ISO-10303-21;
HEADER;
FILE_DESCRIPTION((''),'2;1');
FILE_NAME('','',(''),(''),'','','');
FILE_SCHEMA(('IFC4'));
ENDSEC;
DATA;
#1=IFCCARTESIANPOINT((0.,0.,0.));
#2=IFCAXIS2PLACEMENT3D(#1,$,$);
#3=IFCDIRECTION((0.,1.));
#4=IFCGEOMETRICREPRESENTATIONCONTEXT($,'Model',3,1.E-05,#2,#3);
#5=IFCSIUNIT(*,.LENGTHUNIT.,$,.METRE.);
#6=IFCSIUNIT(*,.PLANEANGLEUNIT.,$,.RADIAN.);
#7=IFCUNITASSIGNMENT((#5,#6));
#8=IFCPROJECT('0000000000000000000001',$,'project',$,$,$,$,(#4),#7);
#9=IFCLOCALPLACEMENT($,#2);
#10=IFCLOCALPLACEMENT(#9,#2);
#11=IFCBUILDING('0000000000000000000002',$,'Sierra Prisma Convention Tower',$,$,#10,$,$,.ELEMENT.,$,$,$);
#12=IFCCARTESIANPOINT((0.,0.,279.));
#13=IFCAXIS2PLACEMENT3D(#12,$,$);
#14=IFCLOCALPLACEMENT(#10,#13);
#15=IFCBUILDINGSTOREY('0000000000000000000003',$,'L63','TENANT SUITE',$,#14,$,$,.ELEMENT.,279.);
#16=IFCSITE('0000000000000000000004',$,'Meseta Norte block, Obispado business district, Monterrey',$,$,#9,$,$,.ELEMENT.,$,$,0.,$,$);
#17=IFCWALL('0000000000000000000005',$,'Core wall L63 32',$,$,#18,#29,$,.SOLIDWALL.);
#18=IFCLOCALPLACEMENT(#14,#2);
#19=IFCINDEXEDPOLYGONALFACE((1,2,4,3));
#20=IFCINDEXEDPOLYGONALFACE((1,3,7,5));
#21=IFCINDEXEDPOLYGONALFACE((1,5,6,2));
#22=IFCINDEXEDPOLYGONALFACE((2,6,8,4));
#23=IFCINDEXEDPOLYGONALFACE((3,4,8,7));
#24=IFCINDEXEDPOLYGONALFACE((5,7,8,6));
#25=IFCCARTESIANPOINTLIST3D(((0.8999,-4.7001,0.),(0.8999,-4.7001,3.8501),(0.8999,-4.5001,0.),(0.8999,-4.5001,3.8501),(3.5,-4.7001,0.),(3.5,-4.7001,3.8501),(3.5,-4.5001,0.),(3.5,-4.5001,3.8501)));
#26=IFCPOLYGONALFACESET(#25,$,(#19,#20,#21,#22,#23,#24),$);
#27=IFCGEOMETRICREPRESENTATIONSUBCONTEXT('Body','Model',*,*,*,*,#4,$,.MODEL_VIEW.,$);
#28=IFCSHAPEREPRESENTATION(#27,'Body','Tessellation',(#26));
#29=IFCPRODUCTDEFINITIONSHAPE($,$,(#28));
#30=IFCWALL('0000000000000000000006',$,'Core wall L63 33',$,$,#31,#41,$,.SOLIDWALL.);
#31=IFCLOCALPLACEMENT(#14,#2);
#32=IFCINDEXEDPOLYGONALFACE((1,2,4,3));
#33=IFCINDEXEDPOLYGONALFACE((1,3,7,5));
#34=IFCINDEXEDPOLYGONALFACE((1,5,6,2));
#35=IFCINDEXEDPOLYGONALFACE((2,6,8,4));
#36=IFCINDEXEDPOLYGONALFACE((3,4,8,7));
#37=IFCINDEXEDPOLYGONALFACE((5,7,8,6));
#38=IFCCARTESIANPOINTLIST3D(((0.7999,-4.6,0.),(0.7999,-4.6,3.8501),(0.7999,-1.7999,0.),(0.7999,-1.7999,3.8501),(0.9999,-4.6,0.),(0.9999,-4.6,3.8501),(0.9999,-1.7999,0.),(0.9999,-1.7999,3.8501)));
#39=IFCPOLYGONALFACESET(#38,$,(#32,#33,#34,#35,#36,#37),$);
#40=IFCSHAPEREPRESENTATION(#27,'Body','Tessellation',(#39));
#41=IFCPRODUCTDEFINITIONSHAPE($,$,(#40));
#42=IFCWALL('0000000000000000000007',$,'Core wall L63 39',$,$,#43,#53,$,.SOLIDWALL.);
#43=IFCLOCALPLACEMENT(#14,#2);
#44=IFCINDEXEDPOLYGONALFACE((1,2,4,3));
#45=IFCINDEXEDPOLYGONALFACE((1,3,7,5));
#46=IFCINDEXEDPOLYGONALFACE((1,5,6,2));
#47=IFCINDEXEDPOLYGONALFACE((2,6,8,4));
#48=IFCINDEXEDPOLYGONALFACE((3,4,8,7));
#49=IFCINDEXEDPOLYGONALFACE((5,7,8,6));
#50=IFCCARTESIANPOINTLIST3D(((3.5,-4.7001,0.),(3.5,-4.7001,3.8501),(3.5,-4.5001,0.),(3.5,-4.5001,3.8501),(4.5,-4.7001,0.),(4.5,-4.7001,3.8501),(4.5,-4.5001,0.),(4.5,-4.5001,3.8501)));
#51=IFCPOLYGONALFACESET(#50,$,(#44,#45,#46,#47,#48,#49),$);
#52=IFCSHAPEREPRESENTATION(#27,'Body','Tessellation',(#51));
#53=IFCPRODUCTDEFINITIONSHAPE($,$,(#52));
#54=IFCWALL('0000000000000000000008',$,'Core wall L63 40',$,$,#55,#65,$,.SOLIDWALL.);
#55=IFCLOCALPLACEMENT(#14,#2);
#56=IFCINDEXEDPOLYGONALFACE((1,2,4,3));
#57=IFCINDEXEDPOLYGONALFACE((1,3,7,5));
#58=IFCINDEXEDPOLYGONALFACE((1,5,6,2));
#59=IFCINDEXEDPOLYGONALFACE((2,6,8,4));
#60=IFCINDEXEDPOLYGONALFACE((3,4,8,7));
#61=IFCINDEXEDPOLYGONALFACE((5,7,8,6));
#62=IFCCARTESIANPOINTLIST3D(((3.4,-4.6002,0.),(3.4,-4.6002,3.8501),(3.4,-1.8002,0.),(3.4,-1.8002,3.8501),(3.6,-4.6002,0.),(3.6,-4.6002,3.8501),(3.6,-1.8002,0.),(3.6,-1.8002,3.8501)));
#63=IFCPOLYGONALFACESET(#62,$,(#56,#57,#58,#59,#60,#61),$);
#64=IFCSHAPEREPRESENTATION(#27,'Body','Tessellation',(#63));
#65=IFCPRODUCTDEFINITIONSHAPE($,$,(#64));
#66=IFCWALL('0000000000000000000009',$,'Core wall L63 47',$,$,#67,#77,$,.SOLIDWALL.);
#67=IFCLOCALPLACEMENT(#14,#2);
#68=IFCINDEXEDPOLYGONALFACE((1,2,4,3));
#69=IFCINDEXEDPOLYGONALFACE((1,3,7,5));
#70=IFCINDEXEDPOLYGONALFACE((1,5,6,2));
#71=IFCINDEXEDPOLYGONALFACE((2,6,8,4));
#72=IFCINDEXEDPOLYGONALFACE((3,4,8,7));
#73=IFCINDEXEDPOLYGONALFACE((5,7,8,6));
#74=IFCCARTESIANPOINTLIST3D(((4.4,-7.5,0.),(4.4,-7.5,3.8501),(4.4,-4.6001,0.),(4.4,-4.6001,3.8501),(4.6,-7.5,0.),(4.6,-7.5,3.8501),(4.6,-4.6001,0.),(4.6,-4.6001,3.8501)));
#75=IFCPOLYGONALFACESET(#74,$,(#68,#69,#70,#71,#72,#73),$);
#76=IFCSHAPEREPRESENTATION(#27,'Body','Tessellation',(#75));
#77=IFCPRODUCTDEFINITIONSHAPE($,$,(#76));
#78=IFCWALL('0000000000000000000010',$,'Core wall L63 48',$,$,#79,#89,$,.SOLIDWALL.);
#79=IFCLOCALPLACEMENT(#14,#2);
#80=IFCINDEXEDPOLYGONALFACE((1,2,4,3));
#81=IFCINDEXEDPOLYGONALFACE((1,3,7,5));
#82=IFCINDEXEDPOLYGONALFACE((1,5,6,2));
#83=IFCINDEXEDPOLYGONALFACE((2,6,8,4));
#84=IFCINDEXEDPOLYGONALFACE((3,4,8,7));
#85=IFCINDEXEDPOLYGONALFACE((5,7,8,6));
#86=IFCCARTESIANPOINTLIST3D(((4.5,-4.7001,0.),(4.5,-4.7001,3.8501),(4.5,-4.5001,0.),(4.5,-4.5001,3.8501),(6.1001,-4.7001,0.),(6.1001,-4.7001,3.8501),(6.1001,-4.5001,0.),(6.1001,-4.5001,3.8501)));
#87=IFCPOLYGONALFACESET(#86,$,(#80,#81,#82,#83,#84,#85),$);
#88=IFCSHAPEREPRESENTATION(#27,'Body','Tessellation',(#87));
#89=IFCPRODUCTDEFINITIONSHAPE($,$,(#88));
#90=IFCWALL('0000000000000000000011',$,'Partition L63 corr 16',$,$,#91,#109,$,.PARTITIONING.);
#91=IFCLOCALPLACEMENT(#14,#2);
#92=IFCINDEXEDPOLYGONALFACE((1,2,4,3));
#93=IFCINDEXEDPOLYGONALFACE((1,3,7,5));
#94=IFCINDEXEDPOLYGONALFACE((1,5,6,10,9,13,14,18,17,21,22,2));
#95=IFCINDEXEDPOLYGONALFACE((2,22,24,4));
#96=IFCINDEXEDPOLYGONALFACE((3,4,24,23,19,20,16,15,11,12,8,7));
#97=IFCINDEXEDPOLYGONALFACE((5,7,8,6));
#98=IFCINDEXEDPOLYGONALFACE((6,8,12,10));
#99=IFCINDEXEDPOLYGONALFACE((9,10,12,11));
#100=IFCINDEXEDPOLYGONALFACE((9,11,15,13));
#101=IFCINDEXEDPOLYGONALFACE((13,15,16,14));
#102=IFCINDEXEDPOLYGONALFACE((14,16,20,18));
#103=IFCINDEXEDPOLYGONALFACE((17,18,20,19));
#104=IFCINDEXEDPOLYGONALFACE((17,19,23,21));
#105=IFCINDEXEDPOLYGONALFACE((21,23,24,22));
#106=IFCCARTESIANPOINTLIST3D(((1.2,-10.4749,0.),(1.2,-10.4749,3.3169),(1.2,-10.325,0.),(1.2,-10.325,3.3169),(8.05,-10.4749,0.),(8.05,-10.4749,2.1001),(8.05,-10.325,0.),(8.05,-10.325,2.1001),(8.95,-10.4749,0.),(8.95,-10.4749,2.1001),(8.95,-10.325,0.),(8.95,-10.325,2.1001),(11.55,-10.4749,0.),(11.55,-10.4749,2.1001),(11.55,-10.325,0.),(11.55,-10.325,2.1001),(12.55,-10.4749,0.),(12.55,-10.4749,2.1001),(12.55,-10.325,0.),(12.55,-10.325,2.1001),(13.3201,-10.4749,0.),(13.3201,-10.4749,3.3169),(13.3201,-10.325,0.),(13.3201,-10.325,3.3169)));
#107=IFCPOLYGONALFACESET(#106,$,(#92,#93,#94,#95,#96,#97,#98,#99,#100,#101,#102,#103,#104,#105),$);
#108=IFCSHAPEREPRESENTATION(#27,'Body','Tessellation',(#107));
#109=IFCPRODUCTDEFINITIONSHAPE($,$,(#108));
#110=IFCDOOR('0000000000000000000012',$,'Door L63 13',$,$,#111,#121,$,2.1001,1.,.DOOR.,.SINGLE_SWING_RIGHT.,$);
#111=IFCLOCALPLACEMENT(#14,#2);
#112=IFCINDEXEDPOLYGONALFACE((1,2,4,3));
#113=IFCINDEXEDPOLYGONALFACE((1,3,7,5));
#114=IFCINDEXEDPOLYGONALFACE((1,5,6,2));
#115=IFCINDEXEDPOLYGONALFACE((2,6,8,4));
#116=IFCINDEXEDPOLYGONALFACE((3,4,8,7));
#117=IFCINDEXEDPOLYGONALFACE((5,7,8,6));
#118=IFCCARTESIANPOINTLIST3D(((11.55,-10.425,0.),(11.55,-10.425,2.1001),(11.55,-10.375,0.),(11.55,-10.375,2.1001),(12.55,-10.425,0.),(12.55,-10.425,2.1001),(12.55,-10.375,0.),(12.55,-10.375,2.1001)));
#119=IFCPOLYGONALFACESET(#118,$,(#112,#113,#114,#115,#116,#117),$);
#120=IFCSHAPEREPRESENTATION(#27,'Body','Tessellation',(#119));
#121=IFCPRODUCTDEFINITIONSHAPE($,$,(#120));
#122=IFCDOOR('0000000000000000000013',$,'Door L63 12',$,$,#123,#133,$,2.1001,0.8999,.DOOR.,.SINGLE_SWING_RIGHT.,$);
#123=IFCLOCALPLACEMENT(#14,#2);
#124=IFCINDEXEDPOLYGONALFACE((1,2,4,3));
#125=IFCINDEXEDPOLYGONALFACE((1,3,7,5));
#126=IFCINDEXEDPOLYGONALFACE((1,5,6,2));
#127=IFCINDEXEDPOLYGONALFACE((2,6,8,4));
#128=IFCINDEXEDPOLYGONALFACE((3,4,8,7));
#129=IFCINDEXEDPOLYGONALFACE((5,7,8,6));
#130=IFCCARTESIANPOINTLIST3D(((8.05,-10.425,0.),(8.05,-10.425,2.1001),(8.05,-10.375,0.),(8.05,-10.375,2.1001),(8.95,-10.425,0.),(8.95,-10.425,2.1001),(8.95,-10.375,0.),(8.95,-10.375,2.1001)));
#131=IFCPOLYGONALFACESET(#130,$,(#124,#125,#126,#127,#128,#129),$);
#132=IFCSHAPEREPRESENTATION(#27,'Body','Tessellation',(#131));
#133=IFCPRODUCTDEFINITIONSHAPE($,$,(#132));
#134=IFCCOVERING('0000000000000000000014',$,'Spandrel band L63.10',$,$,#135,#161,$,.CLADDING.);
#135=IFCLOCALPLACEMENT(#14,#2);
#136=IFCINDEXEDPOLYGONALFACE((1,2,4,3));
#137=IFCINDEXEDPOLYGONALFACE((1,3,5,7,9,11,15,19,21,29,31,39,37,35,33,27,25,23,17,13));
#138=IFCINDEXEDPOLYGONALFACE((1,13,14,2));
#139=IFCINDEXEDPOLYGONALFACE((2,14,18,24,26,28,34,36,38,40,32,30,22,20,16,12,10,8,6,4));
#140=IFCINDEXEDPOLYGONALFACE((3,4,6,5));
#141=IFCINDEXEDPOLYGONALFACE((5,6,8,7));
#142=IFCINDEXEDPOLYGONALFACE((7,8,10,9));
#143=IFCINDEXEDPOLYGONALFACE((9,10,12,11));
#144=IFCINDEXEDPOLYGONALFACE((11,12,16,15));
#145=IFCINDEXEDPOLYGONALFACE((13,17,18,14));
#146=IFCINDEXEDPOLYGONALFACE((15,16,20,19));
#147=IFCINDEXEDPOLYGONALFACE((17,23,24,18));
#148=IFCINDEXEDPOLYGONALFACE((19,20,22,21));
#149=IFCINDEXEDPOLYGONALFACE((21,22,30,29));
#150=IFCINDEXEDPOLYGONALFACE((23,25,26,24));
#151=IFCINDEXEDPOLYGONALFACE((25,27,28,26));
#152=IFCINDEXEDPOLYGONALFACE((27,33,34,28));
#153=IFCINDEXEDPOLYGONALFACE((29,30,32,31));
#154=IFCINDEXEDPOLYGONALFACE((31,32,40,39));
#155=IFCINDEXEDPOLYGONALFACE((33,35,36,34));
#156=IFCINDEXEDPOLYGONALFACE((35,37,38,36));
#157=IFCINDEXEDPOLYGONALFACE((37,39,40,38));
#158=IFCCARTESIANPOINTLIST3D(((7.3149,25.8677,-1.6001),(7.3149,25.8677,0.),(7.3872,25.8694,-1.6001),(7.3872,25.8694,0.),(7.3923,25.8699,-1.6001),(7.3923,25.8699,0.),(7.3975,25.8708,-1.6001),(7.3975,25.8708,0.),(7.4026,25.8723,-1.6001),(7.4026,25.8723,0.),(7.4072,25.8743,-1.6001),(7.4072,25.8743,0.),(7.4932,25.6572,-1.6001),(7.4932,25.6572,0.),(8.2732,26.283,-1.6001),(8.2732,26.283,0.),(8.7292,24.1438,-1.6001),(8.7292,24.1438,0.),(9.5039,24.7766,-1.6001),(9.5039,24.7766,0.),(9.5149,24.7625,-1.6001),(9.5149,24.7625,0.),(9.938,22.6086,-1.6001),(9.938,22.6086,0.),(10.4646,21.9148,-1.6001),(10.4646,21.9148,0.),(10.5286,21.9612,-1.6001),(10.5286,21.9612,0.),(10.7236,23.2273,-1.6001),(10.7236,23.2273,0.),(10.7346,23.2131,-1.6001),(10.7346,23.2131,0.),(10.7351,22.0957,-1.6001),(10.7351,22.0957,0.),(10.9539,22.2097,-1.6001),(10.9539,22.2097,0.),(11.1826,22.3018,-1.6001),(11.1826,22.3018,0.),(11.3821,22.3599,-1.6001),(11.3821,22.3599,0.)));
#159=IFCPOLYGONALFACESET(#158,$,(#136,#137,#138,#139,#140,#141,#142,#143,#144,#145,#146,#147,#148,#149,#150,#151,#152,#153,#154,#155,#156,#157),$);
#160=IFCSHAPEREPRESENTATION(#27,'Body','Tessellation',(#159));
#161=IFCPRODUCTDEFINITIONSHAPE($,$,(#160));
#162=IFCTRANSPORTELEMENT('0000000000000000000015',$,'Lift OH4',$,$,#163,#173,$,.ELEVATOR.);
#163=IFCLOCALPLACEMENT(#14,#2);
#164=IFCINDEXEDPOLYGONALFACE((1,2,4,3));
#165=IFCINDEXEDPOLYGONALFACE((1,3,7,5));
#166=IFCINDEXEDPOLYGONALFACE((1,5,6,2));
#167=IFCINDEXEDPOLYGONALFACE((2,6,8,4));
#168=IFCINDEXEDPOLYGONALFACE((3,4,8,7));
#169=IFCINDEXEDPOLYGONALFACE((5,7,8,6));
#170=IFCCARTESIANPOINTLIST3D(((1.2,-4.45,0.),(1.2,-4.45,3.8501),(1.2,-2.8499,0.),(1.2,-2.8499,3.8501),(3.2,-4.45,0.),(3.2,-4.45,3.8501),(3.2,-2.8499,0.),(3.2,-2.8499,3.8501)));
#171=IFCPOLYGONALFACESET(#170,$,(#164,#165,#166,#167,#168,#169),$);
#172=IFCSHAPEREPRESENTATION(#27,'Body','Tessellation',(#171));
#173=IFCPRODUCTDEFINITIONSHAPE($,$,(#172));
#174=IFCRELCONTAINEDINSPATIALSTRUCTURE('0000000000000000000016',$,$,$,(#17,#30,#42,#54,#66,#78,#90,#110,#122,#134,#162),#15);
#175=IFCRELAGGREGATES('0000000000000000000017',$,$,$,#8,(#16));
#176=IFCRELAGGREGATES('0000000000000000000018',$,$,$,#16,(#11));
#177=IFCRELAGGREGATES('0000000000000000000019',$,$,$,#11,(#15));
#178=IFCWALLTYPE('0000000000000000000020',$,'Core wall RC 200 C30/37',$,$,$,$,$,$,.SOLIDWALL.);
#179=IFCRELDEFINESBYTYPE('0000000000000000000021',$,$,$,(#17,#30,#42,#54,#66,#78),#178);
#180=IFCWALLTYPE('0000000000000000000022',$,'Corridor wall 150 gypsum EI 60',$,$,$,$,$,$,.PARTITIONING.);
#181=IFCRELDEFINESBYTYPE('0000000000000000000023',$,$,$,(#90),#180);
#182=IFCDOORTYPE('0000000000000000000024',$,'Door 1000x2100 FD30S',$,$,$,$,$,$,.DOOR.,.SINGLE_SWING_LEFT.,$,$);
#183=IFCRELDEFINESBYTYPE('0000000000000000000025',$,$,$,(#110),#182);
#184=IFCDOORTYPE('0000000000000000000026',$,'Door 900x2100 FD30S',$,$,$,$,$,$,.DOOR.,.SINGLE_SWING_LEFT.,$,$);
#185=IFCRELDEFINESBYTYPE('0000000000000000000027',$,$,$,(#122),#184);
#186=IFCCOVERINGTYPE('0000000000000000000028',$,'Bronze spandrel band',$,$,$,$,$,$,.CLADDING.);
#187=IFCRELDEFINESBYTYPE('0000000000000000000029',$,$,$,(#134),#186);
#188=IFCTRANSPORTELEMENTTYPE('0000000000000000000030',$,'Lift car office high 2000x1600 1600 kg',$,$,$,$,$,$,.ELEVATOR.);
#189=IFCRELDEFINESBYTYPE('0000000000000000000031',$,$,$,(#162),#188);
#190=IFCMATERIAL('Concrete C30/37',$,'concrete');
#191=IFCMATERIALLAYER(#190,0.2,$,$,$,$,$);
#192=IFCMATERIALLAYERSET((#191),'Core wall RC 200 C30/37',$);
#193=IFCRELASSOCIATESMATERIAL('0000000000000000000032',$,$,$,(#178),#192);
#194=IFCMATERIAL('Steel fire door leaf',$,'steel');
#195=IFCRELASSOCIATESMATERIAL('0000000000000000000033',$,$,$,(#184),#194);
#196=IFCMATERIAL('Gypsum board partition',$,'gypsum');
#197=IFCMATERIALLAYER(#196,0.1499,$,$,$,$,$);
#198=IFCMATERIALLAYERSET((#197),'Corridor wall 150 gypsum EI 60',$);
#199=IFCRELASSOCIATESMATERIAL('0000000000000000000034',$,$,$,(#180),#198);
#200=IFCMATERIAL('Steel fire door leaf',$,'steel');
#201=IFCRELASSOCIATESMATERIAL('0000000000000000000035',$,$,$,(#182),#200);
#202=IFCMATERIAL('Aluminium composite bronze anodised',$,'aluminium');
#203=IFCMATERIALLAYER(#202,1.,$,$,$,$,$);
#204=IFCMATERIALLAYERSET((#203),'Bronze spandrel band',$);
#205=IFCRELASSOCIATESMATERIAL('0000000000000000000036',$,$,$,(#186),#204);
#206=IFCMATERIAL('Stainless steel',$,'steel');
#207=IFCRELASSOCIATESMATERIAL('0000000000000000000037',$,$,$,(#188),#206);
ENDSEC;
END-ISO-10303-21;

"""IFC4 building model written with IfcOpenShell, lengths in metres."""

from ifc_helpers import new_model, si_unit, direction, frame, frame_2d, origin, origin_2d, place, context, subcontext, project, spatial, polyline, rectangle, outline, extrude, material, layer, layer_set, type_object, element, fill, save


model = new_model("IFC4")

# Units and contexts
model_context = context("Model", 3, precision=1e-05, world=origin(), true_north=direction((0.0, 1.0)))
body_context = subcontext(model_context, "Body", "Model", "MODEL_VIEW")
ifc_project = project(units=[si_unit("LENGTHUNIT", "METRE"), si_unit("PLANEANGLEUNIT", "RADIAN")], contexts=[model_context])

# Site, building, storey
site_placement = place(None, origin())
site = spatial("IfcSite", under=ifc_project, at=site_placement, Name="Meseta Norte block, Obispado business district, Monterrey", CompositionType="ELEMENT", RefElevation=0.0)
building_placement = place(site_placement, origin())
building = spatial("IfcBuilding", under=site, at=building_placement, Name="Sierra Prisma Convention Tower", CompositionType="ELEMENT")
storey_placement = place(building_placement, frame((0.0, 0.0, 279.0)))
storey = spatial("IfcBuildingStorey", under=building, at=storey_placement, Name="L63", Description="TENANT SUITE", CompositionType="ELEMENT", Elevation=279.0)

# Shared definitions
ifc_material_1 = material(Name="Concrete C30/37", Category="concrete")
ifc_layer_1 = layer(ifc_material_1, 0.2)
ifc_layer_set_1 = layer_set([ifc_layer_1], Name="Core wall RC 200 C30/37")
wall_type_1 = type_object("IfcWallType", Name="Core wall RC 200 C30/37", PredefinedType="SOLIDWALL", material=ifc_layer_set_1)
ifc_material_2 = material(Name="Steel fire door leaf", Category="steel")
door_type_1 = type_object("IfcDoorType", Name="Door 900x2100 FD30S", OperationType="SINGLE_SWING_LEFT", PredefinedType="DOOR", material=ifc_material_2)

# Walls
wall_1_placement = place(storey_placement, frame((3.5, -4.6001, 0.0), z_axis=(0.0, 0.0, 1.0), x_axis=(-1.0, 0.0, 0.0)))
element("IfcWall", 1, at=wall_1_placement, inside=storey, type_object=wall_type_1, Name="Core wall L63 32", PredefinedType="SOLIDWALL", context=body_context, shape_type="SweptSolid", body=[
    extrude(rectangle(XDim=2.6001, YDim=0.2, at=frame_2d((1.3, 0.0))), origin(), (0.0, 0.0, 1.0), 3.8501),
])
wall_2_placement = place(storey_placement, frame((0.8999, -1.8, 0.0), z_axis=(0.0, 0.0, 1.0), x_axis=(0.0, -1.0, 0.0)))
element("IfcWall", 2, at=wall_2_placement, inside=storey, type_object=wall_type_1, Name="Core wall L63 33", PredefinedType="SOLIDWALL", context=body_context, shape_type="SweptSolid", body=[
    extrude(rectangle(XDim=2.8, YDim=0.2, at=frame_2d((1.3999, 0.0))), origin(), (0.0, 0.0, 1.0), 3.8501),
])

# Walls
wall_3_placement = place(storey_placement, frame((4.5, -4.6001, 0.0), z_axis=(0.0, 0.0, 1.0), x_axis=(-1.0, 0.0, 0.0)))
element("IfcWall", 3, at=wall_3_placement, inside=storey, type_object=wall_type_1, Name="Core wall L63 39", PredefinedType="SOLIDWALL", context=body_context, shape_type="SweptSolid", body=[
    extrude(rectangle(XDim=1.0, YDim=0.2, at=frame_2d((0.5, 0.0))), origin(), (0.0, 0.0, 1.0), 3.8501),
])
wall_4_placement = place(storey_placement, frame((3.5, -4.6001, 0.0), z_axis=(0.0, 0.0, 1.0), x_axis=(0.0, 1.0, 0.0)))
element("IfcWall", 4, at=wall_4_placement, inside=storey, type_object=wall_type_1, Name="Core wall L63 40", PredefinedType="SOLIDWALL", context=body_context, shape_type="SweptSolid", body=[
    extrude(rectangle(XDim=2.8, YDim=0.2, at=frame_2d((1.3999, 0.0))), origin(), (0.0, 0.0, 1.0), 3.8501),
])

# Walls
wall_5_placement = place(storey_placement, frame((4.5, -4.6001, 0.0), z_axis=(0.0, 0.0, 1.0), x_axis=(0.0, -1.0, 0.0)))
element("IfcWall", 5, at=wall_5_placement, inside=storey, type_object=wall_type_1, Name="Core wall L63 47", PredefinedType="SOLIDWALL", context=body_context, shape_type="SweptSolid", body=[
    extrude(rectangle(XDim=2.8999, YDim=0.2, at=frame_2d((1.45, 0.0))), origin(), (0.0, 0.0, 1.0), 3.8501),
])
wall_6_placement = place(storey_placement, frame((6.1001, -4.6001, 0.0), z_axis=(0.0, 0.0, 1.0), x_axis=(-1.0, 0.0, 0.0)))
element("IfcWall", 6, at=wall_6_placement, inside=storey, type_object=wall_type_1, Name="Core wall L63 48", PredefinedType="SOLIDWALL", context=body_context, shape_type="SweptSolid", body=[
    extrude(rectangle(XDim=1.6001, YDim=0.2, at=frame_2d((0.8, 0.0))), origin(), (0.0, 0.0, 1.0), 3.8501),
])

# Wall, openings, doors
ifc_material_3 = material(Name="Gypsum board partition", Category="gypsum")
ifc_layer_2 = layer(ifc_material_3, 0.1499)
ifc_layer_set_2 = layer_set([ifc_layer_2], Name="Corridor wall 150 gypsum EI 60")
wall_type_2 = type_object("IfcWallType", Name="Corridor wall 150 gypsum EI 60", PredefinedType="PARTITIONING", material=ifc_layer_set_2)
wall_7_placement = place(storey_placement, frame((1.2, -10.3999, 0.0), z_axis=(0.0, 0.0, 1.0), x_axis=(1.0, 0.0, 0.0)))
wall_7 = element("IfcWall", 7, at=wall_7_placement, inside=storey, type_object=wall_type_2, Name="Partition L63 corr 16", PredefinedType="PARTITIONING", context=body_context, shape_type="SweptSolid", body=[
    extrude(rectangle(XDim=12.1201, YDim=0.1499, at=frame_2d((6.0601, 0.0))), origin(), (0.0, 0.0, 1.0), 3.3169),
])
opening_1_placement = place(wall_7_placement, frame((6.8501, 0.0, 0.0)))
opening_1 = element("IfcOpeningElement", 8, at=opening_1_placement, cuts=wall_7, PredefinedType="OPENING", context=body_context, shape_type="SweptSolid", body=[
    extrude(rectangle(XDim=0.8999, YDim=2.1001, at=frame_2d((0.45, 1.05))), frame((0.0, 0.075, 0.0), z_axis=(0.0, -1.0, 0.0), x_axis=(1.0, 0.0, 0.0)), (0.0, 0.0, 1.0), 0.1499),
])
opening_2_placement = place(wall_7_placement, frame((10.3501, 0.0, 0.0)))
opening_2 = element("IfcOpeningElement", 9, at=opening_2_placement, cuts=wall_7, PredefinedType="OPENING", context=body_context, shape_type="SweptSolid", body=[
    extrude(rectangle(XDim=1.0, YDim=2.1001, at=frame_2d((0.5, 1.05))), frame((0.0, 0.075, 0.0), z_axis=(0.0, -1.0, 0.0), x_axis=(1.0, 0.0, 0.0)), (0.0, 0.0, 1.0), 0.1499),
])
ifc_material_4 = material(Name="Steel fire door leaf", Category="steel")
door_type_2 = type_object("IfcDoorType", Name="Door 1000x2100 FD30S", OperationType="SINGLE_SWING_LEFT", PredefinedType="DOOR", material=ifc_material_4)
door_1_placement = place(opening_2_placement, origin())
door_1 = element("IfcDoor", 10, at=door_1_placement, inside=storey, type_object=door_type_2, Name="Door L63 13", OperationType="SINGLE_SWING_RIGHT", OverallHeight=2.1001, OverallWidth=1.0, PredefinedType="DOOR", context=body_context, shape_type="SweptSolid", body=[
    extrude(rectangle(XDim=1.0, YDim=2.1001, at=frame_2d((0.5, 1.05))), frame((0.0, 0.0249, 0.0), z_axis=(0.0, -1.0, 0.0), x_axis=(1.0, 0.0, 0.0)), (0.0, 0.0, 1.0), 0.05),
])
fill(opening_2, door_1)
door_2_placement = place(opening_1_placement, origin())
door_2 = element("IfcDoor", 11, at=door_2_placement, inside=storey, type_object=door_type_1, Name="Door L63 12", OperationType="SINGLE_SWING_RIGHT", OverallHeight=2.1001, OverallWidth=0.8999, PredefinedType="DOOR", context=body_context, shape_type="SweptSolid", body=[
    extrude(rectangle(XDim=0.8999, YDim=2.1001, at=frame_2d((0.45, 1.05))), frame((0.0, 0.0249, 0.0), z_axis=(0.0, -1.0, 0.0), x_axis=(1.0, 0.0, 0.0)), (0.0, 0.0, 1.0), 0.05),
])
fill(opening_1, door_2)

# Covering
ifc_material_5 = material(Name="Aluminium composite bronze anodised", Category="aluminium")
ifc_layer_3 = layer(ifc_material_5, 1.0)
ifc_layer_set_3 = layer_set([ifc_layer_3], Name="Bronze spandrel band")
covering_type = type_object("IfcCoveringType", Name="Bronze spandrel band", PredefinedType="CLADDING", material=ifc_layer_set_3)
covering_placement = place(storey_placement, frame((0.0, 0.0, -1.6001)))
element("IfcCovering", 12, at=covering_placement, inside=storey, type_object=covering_type, Name="Spandrel band L63.10", PredefinedType="CLADDING", context=body_context, shape_type="SweptSolid", body=[
    extrude(outline(polyline([(9.938, 22.6086), (8.7292, 24.1438), (7.4932, 25.6572), (7.3149, 25.8677), (7.3872, 25.8694), (7.3923, 25.8699), (7.3975, 25.8708), (7.4026, 25.8723), (7.4072, 25.8743), (8.2732, 26.283), (9.5039, 24.7766), (9.5149, 24.7625), (10.7236, 23.2273), (10.7346, 23.2131), (11.3821, 22.3599), (11.1826, 22.3018), (10.9539, 22.2097), (10.7351, 22.0957), (10.5286, 21.9612), (10.4646, 21.9148), (9.938, 22.6086)])), origin(), (0.0, 0.0, 1.0), 1.6001),
])

# Transport element
ifc_material_6 = material(Name="Stainless steel", Category="steel")
transport_element_type = type_object("IfcTransportElementType", Name="Lift car office high 2000x1600 1600 kg", PredefinedType="ELEVATOR", material=ifc_material_6)
for number, where, z_axis, x_axis, name in (
    (13, (2.2, -3.6499, 0.0), (0.0, 0.0, 1.0), (1.0, 0.0, 0.0), "Lift OH4"),
):
    element("IfcTransportElement", number, at=place(storey_placement, frame(where, z_axis=z_axis, x_axis=x_axis)), inside=storey, type_object=transport_element_type, Name=name, PredefinedType="ELEVATOR", context=body_context, shape_type="SweptSolid", body=[
        extrude(rectangle(XDim=2.0, YDim=1.6001, at=origin_2d()), origin(), (0.0, 0.0, 1.0), 3.8501),
    ])

save(model, "model.ifc")
